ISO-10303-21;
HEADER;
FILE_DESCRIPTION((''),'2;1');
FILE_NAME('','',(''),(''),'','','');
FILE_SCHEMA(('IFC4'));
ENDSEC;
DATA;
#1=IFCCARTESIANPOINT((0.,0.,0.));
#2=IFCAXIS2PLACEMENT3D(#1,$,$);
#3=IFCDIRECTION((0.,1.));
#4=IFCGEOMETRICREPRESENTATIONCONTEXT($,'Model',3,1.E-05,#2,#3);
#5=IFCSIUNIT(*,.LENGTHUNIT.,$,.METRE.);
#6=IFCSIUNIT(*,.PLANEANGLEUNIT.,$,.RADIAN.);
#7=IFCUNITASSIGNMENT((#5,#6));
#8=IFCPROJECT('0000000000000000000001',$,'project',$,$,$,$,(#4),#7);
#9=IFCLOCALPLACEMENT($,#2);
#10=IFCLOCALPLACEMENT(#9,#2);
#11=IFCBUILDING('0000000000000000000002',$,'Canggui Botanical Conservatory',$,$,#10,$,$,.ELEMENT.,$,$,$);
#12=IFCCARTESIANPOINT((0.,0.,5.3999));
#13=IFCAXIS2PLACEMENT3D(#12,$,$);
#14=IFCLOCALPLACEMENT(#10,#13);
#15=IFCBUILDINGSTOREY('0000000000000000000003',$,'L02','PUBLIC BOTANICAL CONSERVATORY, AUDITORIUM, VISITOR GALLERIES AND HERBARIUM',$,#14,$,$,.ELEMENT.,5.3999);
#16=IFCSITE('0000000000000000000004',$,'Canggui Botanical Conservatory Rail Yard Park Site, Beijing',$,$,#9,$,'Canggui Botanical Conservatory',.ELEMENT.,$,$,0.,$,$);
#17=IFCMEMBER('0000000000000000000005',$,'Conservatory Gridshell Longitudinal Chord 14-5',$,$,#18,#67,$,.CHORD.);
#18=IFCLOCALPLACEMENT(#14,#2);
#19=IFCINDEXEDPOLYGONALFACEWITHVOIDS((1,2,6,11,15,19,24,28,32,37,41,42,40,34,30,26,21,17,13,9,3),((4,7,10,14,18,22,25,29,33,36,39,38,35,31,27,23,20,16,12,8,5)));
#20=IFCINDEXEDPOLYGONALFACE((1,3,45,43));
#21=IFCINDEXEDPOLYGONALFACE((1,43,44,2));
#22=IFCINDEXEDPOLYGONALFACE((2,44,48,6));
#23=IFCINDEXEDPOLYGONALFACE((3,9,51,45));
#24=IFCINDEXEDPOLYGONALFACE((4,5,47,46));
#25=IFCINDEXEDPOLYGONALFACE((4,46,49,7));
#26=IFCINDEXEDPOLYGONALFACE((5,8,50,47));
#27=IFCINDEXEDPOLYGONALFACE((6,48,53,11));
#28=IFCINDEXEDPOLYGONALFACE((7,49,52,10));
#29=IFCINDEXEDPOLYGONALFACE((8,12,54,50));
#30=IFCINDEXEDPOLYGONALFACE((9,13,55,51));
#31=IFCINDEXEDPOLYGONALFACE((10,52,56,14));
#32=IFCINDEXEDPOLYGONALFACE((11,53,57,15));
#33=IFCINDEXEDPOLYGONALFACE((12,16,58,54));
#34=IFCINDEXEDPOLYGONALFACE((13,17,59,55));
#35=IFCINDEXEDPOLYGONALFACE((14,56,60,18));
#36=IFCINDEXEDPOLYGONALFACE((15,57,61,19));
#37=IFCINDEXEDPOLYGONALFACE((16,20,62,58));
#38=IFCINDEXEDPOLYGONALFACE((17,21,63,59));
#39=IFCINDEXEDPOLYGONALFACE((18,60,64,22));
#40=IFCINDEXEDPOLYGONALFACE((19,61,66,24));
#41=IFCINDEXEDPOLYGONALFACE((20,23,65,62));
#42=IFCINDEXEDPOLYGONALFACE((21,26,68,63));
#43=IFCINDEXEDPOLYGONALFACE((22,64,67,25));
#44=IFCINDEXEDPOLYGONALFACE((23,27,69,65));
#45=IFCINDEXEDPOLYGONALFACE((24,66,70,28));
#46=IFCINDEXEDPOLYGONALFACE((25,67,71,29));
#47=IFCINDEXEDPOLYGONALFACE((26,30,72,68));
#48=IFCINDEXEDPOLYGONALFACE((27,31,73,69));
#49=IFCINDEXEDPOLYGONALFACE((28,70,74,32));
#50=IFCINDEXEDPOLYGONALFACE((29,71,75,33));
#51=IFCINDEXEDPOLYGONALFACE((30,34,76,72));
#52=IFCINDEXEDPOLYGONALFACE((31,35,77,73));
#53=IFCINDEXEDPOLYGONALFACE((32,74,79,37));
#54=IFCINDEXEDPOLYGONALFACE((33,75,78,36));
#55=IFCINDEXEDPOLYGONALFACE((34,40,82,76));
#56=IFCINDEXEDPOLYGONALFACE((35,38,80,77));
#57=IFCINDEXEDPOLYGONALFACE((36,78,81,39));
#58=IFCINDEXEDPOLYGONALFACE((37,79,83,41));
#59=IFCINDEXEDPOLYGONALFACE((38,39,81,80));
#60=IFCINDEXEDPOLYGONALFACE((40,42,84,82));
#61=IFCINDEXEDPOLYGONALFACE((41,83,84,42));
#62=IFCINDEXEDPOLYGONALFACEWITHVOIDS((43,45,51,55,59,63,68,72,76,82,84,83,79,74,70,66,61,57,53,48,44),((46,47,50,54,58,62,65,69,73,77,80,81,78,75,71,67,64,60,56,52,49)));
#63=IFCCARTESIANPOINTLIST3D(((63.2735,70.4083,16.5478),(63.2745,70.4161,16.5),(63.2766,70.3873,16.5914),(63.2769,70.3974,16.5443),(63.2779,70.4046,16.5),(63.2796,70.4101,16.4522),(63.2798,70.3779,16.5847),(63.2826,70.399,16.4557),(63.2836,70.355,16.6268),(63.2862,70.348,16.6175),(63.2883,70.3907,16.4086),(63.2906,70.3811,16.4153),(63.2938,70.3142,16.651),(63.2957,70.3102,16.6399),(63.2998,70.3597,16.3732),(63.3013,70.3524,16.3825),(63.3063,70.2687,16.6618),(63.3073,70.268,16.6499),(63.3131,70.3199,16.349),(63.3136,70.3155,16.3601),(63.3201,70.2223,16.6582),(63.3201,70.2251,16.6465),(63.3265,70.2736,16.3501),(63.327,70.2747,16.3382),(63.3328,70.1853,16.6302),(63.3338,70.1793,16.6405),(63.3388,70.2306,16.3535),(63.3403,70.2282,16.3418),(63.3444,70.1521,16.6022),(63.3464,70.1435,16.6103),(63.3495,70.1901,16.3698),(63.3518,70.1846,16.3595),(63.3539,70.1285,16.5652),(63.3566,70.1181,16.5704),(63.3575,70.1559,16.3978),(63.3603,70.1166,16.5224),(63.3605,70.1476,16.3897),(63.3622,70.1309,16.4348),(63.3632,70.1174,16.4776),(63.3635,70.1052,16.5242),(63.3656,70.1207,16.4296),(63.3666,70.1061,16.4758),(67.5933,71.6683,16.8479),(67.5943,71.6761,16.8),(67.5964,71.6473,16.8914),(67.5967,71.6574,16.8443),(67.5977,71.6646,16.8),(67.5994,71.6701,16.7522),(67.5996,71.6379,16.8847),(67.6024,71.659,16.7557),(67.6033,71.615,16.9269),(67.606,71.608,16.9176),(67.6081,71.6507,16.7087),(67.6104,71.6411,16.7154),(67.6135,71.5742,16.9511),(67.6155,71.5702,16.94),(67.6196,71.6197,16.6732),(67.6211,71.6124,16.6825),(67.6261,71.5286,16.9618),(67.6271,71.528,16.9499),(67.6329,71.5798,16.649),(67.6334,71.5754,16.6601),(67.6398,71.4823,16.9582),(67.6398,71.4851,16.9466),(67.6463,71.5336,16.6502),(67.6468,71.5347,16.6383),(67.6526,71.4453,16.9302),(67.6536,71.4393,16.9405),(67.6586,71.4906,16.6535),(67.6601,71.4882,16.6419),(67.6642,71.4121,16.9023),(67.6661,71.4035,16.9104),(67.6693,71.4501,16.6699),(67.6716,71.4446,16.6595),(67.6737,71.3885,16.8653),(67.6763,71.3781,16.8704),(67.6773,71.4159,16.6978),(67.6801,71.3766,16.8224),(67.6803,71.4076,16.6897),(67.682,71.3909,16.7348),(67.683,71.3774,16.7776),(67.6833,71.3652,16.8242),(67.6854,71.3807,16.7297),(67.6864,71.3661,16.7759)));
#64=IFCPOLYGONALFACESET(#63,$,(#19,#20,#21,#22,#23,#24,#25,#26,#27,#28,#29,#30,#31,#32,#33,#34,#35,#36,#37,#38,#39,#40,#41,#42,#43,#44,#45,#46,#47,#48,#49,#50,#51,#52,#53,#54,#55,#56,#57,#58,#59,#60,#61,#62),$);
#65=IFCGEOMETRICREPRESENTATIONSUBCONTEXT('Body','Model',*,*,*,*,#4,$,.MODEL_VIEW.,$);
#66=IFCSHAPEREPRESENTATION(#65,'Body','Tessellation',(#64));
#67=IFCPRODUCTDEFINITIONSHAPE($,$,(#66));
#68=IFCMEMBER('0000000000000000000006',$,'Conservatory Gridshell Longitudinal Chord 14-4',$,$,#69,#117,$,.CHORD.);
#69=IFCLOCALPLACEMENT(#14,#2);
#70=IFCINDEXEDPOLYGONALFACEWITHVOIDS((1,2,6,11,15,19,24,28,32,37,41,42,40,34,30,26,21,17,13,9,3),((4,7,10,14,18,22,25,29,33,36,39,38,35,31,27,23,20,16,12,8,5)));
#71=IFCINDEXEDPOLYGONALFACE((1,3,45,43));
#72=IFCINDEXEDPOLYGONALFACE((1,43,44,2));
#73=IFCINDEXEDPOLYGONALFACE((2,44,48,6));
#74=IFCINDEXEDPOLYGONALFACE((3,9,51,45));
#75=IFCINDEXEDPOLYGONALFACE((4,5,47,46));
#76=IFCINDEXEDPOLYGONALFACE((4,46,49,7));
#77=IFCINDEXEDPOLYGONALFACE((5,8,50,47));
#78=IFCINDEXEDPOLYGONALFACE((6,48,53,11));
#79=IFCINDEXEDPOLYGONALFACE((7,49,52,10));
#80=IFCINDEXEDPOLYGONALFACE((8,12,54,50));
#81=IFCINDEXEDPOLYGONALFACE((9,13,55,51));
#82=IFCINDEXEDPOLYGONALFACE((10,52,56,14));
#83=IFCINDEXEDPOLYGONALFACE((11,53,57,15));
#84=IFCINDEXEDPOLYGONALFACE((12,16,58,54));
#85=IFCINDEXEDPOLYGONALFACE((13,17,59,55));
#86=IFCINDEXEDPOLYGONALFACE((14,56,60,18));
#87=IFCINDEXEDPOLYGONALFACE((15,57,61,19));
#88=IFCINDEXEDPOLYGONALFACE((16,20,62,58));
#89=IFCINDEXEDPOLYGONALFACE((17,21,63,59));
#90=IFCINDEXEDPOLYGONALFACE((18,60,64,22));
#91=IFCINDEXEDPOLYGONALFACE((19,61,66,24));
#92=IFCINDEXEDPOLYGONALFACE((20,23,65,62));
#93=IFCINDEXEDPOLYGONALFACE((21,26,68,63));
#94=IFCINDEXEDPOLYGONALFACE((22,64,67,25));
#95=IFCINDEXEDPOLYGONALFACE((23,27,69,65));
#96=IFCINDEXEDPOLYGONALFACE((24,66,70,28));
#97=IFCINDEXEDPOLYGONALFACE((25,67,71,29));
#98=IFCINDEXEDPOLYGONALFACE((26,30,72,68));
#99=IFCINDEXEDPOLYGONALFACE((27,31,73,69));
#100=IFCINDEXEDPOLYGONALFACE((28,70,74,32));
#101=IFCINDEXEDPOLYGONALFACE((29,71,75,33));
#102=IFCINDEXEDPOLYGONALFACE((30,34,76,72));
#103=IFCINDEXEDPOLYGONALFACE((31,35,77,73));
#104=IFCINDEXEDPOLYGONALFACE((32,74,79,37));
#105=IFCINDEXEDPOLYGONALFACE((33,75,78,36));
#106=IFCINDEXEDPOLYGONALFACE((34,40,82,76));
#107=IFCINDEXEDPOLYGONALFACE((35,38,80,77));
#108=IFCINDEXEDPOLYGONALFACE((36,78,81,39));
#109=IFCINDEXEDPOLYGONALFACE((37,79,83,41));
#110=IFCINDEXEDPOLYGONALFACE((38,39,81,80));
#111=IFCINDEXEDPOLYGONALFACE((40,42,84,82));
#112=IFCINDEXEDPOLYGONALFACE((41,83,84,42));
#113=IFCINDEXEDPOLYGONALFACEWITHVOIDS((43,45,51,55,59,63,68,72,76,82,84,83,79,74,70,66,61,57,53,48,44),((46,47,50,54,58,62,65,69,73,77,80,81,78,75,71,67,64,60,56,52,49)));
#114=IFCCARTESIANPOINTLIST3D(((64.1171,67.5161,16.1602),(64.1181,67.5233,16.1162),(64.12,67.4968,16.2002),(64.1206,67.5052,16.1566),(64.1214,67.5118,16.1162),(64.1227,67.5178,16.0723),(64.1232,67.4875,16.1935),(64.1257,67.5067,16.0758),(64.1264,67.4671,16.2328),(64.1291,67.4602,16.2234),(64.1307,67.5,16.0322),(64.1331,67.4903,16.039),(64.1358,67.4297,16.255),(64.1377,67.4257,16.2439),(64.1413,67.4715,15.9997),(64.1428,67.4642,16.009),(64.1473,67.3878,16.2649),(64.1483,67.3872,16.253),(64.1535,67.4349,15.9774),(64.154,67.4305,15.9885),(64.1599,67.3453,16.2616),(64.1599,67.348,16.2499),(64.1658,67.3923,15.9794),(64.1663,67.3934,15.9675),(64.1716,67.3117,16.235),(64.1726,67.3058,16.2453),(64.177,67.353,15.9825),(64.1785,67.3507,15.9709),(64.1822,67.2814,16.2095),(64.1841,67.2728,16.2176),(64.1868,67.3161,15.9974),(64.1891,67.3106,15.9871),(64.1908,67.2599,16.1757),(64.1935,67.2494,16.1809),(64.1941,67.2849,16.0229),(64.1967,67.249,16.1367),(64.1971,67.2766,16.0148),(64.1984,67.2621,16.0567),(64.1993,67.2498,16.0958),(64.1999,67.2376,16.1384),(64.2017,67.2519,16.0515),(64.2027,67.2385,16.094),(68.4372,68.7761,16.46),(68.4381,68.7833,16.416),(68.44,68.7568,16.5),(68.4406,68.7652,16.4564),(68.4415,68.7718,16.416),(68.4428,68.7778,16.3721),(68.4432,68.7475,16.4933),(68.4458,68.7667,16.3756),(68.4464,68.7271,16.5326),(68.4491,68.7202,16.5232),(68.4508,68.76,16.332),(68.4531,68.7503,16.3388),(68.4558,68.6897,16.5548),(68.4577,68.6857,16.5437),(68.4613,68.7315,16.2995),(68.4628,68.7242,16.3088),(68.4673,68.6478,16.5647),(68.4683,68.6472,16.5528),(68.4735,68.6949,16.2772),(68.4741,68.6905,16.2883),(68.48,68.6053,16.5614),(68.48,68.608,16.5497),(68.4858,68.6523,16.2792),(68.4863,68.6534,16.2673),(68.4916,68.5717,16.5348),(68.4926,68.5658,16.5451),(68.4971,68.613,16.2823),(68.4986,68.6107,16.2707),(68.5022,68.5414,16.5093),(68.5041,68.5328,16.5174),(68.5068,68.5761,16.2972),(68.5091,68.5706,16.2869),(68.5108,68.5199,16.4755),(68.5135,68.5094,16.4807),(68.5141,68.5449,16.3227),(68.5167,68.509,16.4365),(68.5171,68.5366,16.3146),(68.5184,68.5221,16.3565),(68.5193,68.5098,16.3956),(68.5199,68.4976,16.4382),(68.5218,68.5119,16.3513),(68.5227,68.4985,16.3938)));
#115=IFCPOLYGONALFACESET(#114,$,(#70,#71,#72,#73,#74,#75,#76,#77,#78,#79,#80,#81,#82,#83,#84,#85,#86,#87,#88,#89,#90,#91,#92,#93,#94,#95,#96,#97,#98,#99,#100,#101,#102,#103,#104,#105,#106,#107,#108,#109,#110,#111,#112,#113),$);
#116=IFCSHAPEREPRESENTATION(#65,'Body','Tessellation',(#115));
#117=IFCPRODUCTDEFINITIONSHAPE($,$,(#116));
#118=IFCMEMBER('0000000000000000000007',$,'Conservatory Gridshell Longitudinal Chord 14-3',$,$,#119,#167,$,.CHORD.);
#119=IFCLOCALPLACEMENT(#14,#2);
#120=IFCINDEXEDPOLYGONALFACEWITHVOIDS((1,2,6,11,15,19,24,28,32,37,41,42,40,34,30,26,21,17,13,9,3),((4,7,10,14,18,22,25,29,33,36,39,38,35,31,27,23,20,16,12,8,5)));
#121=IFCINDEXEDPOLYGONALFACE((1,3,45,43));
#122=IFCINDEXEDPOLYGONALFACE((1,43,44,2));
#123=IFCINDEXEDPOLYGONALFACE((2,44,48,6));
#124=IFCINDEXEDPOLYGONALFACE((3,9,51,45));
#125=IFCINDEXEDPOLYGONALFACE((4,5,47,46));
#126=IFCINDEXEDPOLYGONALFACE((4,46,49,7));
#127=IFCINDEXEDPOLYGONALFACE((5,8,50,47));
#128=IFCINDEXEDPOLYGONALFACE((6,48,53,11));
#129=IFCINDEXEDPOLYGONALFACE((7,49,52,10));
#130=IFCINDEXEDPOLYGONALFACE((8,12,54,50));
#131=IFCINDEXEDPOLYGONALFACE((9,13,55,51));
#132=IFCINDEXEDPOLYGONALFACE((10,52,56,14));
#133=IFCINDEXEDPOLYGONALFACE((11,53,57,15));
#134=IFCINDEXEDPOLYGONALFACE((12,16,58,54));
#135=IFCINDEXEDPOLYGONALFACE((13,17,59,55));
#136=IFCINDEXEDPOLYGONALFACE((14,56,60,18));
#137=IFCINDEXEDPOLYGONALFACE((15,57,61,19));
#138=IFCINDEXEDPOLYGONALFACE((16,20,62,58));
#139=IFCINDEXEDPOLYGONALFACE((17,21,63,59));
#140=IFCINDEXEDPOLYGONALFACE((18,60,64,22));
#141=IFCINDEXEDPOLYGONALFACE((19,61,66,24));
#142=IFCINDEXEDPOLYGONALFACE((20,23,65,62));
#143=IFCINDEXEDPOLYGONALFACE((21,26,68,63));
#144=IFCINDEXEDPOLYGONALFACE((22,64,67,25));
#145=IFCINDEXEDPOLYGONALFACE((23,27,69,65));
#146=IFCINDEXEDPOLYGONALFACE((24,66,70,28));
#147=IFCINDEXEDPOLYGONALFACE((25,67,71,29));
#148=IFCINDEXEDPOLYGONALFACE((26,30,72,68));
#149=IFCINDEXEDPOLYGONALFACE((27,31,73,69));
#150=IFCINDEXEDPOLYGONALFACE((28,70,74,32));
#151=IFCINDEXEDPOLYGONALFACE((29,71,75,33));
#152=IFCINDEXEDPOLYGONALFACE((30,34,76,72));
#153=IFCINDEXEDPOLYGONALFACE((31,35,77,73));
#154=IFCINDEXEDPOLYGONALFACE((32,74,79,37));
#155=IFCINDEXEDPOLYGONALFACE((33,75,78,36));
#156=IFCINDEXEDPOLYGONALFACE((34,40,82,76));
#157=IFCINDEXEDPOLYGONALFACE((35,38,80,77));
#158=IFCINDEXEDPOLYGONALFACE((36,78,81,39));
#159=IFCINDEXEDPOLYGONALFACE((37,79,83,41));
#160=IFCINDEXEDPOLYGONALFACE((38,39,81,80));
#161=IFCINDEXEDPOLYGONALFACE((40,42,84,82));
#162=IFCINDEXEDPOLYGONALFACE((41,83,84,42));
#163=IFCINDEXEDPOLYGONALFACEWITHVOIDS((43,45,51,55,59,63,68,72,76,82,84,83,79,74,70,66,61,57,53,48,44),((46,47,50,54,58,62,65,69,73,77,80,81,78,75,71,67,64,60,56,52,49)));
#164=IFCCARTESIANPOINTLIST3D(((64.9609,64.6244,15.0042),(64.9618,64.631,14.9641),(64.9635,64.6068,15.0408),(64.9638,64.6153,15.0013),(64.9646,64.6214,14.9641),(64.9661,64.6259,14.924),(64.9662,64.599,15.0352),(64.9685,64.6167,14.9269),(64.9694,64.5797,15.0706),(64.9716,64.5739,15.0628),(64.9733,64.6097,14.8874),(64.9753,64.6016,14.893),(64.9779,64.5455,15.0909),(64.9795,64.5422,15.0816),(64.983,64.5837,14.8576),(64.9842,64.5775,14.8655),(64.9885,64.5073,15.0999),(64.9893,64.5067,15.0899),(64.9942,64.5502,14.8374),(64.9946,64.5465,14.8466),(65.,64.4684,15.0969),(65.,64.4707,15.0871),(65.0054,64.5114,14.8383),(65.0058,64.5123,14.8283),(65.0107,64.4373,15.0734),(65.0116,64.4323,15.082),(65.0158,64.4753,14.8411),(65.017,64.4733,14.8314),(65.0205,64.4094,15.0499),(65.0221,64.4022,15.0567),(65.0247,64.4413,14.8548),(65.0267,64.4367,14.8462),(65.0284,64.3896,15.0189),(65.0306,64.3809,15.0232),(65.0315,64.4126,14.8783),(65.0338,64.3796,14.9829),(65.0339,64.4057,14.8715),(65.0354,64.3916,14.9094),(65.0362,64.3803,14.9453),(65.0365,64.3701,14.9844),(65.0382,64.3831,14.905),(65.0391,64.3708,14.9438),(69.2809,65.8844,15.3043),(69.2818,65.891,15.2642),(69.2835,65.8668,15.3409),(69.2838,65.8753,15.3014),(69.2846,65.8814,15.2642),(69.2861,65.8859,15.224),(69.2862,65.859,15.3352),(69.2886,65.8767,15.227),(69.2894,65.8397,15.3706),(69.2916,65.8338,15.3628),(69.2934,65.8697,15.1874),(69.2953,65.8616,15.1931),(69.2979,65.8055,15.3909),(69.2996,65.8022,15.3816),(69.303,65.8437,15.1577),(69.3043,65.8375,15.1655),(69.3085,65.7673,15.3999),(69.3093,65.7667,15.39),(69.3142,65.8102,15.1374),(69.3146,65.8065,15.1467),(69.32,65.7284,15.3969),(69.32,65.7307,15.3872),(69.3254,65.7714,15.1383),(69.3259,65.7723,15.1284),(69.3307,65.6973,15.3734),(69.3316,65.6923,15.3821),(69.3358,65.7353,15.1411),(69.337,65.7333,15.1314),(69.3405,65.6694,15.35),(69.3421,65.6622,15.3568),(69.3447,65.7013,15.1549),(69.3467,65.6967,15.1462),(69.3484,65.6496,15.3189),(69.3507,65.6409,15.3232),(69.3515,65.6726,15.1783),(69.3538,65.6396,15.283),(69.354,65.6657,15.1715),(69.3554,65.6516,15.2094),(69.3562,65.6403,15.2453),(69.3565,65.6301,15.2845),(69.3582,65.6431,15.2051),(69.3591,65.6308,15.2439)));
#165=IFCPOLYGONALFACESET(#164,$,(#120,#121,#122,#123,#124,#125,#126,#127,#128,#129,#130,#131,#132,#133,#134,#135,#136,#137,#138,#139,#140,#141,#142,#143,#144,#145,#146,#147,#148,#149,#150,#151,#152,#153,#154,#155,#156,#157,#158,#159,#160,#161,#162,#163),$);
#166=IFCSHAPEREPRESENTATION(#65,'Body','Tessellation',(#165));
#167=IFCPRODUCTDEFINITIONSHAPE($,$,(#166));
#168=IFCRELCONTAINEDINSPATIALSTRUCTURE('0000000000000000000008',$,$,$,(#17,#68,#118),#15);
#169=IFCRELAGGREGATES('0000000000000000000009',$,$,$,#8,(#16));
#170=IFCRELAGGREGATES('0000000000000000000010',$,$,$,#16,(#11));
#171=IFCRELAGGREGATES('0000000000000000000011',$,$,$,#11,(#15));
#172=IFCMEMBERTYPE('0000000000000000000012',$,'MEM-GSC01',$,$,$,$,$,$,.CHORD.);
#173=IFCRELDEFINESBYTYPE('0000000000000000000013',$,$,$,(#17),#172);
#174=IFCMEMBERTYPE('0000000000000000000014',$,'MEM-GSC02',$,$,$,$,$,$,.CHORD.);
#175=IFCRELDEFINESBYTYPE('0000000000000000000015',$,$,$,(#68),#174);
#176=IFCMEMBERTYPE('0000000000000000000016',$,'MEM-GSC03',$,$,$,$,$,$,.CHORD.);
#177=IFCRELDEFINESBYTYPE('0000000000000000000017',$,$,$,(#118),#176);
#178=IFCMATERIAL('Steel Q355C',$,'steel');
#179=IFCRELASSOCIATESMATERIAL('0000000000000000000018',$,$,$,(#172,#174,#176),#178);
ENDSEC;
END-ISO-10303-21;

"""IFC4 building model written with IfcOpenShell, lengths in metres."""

from ifc_helpers import new_model, si_unit, direction, frame, origin, origin_2d, place, context, subcontext, project, spatial, hollow_circle, extrude, material, material_profile, profile_set, type_object, element, save


model = new_model("IFC4")

# Units and contexts
model_context = context("Model", 3, precision=1e-05, world=origin(), true_north=direction((0.0, 1.0)))
body_context = subcontext(model_context, "Body", "Model", "MODEL_VIEW")
ifc_project = project(units=[si_unit("LENGTHUNIT", "METRE"), si_unit("PLANEANGLEUNIT", "RADIAN")], contexts=[model_context])

# Site, building, storey
site_placement = place(None, origin())
site = spatial("IfcSite", under=ifc_project, at=site_placement, Name="Canggui Botanical Conservatory Rail Yard Park Site, Beijing", LongName="Canggui Botanical Conservatory", CompositionType="ELEMENT", RefElevation=0.0)
building_placement = place(site_placement, origin())
building = spatial("IfcBuilding", under=site, at=building_placement, Name="Canggui Botanical Conservatory", CompositionType="ELEMENT")
storey_placement = place(building_placement, frame((0.0, 0.0, 5.3999)))
storey = spatial("IfcBuildingStorey", under=building, at=storey_placement, Name="L02", Description="PUBLIC BOTANICAL CONSERVATORY, AUDITORIUM, VISITOR GALLERIES AND HERBARIUM", CompositionType="ELEMENT", Elevation=5.3999)

# Shared definitions
ifc_material_1 = material(Name="Steel Q355C", Category="steel")

# Members
ifc_material_profile_1 = material_profile(ifc_material_1, hollow_circle(Radius=0.1626, WallThickness=0.012, at=origin_2d()), Name="CHS 325x12")
ifc_profile_set_1 = profile_set([ifc_material_profile_1], Name="Steel Q355C")
member_type_1 = type_object("IfcMemberType", Name="MEM-GSC01", PredefinedType="CHORD", material=ifc_profile_set_1)
member_1_placement = place(storey_placement, frame((63.3201, 70.26, 16.5), z_axis=(0.957869, 0.279392, 0.066532), x_axis=(-0.280013, 0.959996, 0.0)))
element("IfcMember", 1, at=member_1_placement, inside=storey, type_object=member_type_1, Name="Conservatory Gridshell Longitudinal Chord 14-5", PredefinedType="CHORD", context=body_context, shape_type="SweptSolid", body=[
    extrude(hollow_circle(Radius=0.1626, WallThickness=0.012, at=origin_2d()), origin(), (0.0, 0.0, 1.0), 4.5098),
])
ifc_material_profile_2 = material_profile(ifc_material_1, hollow_circle(Radius=0.1494, WallThickness=0.012, at=origin_2d()), Name="CHS 299x12")
ifc_profile_set_2 = profile_set([ifc_material_profile_2], Name="Steel Q355C")
member_type_2 = type_object("IfcMemberType", Name="MEM-GSC02", PredefinedType="CHORD", material=ifc_profile_set_2)
member_2_placement = place(storey_placement, frame((64.1599, 67.3799, 16.1162), z_axis=(0.957877, 0.279379, 0.066475), x_axis=(-0.279998, 0.960001, 0.0)))
element("IfcMember", 2, at=member_2_placement, inside=storey, type_object=member_type_2, Name="Conservatory Gridshell Longitudinal Chord 14-4", PredefinedType="CHORD", context=body_context, shape_type="SweptSolid", body=[
    extrude(hollow_circle(Radius=0.1494, WallThickness=0.012, at=origin_2d()), origin(), (0.0, 0.0, 1.0), 4.51),
])
ifc_material_profile_3 = material_profile(ifc_material_1, hollow_circle(Radius=0.1365, WallThickness=0.01, at=origin_2d()), Name="CHS 273x10")
ifc_profile_set_3 = profile_set([ifc_material_profile_3], Name="Steel Q355C")
member_type_3 = type_object("IfcMemberType", Name="MEM-GSC03", PredefinedType="CHORD", material=ifc_profile_set_3)
member_3_placement = place(storey_placement, frame((65.0, 64.5, 14.9641), z_axis=(0.957874, 0.279378, 0.066529), x_axis=(-0.279998, 0.960001, 0.0)))
element("IfcMember", 3, at=member_3_placement, inside=storey, type_object=member_type_3, Name="Conservatory Gridshell Longitudinal Chord 14-3", PredefinedType="CHORD", context=body_context, shape_type="SweptSolid", body=[
    extrude(hollow_circle(Radius=0.1365, WallThickness=0.01, at=origin_2d()), origin(), (0.0, 0.0, 1.0), 4.51),
])

save(model, "model.ifc")
